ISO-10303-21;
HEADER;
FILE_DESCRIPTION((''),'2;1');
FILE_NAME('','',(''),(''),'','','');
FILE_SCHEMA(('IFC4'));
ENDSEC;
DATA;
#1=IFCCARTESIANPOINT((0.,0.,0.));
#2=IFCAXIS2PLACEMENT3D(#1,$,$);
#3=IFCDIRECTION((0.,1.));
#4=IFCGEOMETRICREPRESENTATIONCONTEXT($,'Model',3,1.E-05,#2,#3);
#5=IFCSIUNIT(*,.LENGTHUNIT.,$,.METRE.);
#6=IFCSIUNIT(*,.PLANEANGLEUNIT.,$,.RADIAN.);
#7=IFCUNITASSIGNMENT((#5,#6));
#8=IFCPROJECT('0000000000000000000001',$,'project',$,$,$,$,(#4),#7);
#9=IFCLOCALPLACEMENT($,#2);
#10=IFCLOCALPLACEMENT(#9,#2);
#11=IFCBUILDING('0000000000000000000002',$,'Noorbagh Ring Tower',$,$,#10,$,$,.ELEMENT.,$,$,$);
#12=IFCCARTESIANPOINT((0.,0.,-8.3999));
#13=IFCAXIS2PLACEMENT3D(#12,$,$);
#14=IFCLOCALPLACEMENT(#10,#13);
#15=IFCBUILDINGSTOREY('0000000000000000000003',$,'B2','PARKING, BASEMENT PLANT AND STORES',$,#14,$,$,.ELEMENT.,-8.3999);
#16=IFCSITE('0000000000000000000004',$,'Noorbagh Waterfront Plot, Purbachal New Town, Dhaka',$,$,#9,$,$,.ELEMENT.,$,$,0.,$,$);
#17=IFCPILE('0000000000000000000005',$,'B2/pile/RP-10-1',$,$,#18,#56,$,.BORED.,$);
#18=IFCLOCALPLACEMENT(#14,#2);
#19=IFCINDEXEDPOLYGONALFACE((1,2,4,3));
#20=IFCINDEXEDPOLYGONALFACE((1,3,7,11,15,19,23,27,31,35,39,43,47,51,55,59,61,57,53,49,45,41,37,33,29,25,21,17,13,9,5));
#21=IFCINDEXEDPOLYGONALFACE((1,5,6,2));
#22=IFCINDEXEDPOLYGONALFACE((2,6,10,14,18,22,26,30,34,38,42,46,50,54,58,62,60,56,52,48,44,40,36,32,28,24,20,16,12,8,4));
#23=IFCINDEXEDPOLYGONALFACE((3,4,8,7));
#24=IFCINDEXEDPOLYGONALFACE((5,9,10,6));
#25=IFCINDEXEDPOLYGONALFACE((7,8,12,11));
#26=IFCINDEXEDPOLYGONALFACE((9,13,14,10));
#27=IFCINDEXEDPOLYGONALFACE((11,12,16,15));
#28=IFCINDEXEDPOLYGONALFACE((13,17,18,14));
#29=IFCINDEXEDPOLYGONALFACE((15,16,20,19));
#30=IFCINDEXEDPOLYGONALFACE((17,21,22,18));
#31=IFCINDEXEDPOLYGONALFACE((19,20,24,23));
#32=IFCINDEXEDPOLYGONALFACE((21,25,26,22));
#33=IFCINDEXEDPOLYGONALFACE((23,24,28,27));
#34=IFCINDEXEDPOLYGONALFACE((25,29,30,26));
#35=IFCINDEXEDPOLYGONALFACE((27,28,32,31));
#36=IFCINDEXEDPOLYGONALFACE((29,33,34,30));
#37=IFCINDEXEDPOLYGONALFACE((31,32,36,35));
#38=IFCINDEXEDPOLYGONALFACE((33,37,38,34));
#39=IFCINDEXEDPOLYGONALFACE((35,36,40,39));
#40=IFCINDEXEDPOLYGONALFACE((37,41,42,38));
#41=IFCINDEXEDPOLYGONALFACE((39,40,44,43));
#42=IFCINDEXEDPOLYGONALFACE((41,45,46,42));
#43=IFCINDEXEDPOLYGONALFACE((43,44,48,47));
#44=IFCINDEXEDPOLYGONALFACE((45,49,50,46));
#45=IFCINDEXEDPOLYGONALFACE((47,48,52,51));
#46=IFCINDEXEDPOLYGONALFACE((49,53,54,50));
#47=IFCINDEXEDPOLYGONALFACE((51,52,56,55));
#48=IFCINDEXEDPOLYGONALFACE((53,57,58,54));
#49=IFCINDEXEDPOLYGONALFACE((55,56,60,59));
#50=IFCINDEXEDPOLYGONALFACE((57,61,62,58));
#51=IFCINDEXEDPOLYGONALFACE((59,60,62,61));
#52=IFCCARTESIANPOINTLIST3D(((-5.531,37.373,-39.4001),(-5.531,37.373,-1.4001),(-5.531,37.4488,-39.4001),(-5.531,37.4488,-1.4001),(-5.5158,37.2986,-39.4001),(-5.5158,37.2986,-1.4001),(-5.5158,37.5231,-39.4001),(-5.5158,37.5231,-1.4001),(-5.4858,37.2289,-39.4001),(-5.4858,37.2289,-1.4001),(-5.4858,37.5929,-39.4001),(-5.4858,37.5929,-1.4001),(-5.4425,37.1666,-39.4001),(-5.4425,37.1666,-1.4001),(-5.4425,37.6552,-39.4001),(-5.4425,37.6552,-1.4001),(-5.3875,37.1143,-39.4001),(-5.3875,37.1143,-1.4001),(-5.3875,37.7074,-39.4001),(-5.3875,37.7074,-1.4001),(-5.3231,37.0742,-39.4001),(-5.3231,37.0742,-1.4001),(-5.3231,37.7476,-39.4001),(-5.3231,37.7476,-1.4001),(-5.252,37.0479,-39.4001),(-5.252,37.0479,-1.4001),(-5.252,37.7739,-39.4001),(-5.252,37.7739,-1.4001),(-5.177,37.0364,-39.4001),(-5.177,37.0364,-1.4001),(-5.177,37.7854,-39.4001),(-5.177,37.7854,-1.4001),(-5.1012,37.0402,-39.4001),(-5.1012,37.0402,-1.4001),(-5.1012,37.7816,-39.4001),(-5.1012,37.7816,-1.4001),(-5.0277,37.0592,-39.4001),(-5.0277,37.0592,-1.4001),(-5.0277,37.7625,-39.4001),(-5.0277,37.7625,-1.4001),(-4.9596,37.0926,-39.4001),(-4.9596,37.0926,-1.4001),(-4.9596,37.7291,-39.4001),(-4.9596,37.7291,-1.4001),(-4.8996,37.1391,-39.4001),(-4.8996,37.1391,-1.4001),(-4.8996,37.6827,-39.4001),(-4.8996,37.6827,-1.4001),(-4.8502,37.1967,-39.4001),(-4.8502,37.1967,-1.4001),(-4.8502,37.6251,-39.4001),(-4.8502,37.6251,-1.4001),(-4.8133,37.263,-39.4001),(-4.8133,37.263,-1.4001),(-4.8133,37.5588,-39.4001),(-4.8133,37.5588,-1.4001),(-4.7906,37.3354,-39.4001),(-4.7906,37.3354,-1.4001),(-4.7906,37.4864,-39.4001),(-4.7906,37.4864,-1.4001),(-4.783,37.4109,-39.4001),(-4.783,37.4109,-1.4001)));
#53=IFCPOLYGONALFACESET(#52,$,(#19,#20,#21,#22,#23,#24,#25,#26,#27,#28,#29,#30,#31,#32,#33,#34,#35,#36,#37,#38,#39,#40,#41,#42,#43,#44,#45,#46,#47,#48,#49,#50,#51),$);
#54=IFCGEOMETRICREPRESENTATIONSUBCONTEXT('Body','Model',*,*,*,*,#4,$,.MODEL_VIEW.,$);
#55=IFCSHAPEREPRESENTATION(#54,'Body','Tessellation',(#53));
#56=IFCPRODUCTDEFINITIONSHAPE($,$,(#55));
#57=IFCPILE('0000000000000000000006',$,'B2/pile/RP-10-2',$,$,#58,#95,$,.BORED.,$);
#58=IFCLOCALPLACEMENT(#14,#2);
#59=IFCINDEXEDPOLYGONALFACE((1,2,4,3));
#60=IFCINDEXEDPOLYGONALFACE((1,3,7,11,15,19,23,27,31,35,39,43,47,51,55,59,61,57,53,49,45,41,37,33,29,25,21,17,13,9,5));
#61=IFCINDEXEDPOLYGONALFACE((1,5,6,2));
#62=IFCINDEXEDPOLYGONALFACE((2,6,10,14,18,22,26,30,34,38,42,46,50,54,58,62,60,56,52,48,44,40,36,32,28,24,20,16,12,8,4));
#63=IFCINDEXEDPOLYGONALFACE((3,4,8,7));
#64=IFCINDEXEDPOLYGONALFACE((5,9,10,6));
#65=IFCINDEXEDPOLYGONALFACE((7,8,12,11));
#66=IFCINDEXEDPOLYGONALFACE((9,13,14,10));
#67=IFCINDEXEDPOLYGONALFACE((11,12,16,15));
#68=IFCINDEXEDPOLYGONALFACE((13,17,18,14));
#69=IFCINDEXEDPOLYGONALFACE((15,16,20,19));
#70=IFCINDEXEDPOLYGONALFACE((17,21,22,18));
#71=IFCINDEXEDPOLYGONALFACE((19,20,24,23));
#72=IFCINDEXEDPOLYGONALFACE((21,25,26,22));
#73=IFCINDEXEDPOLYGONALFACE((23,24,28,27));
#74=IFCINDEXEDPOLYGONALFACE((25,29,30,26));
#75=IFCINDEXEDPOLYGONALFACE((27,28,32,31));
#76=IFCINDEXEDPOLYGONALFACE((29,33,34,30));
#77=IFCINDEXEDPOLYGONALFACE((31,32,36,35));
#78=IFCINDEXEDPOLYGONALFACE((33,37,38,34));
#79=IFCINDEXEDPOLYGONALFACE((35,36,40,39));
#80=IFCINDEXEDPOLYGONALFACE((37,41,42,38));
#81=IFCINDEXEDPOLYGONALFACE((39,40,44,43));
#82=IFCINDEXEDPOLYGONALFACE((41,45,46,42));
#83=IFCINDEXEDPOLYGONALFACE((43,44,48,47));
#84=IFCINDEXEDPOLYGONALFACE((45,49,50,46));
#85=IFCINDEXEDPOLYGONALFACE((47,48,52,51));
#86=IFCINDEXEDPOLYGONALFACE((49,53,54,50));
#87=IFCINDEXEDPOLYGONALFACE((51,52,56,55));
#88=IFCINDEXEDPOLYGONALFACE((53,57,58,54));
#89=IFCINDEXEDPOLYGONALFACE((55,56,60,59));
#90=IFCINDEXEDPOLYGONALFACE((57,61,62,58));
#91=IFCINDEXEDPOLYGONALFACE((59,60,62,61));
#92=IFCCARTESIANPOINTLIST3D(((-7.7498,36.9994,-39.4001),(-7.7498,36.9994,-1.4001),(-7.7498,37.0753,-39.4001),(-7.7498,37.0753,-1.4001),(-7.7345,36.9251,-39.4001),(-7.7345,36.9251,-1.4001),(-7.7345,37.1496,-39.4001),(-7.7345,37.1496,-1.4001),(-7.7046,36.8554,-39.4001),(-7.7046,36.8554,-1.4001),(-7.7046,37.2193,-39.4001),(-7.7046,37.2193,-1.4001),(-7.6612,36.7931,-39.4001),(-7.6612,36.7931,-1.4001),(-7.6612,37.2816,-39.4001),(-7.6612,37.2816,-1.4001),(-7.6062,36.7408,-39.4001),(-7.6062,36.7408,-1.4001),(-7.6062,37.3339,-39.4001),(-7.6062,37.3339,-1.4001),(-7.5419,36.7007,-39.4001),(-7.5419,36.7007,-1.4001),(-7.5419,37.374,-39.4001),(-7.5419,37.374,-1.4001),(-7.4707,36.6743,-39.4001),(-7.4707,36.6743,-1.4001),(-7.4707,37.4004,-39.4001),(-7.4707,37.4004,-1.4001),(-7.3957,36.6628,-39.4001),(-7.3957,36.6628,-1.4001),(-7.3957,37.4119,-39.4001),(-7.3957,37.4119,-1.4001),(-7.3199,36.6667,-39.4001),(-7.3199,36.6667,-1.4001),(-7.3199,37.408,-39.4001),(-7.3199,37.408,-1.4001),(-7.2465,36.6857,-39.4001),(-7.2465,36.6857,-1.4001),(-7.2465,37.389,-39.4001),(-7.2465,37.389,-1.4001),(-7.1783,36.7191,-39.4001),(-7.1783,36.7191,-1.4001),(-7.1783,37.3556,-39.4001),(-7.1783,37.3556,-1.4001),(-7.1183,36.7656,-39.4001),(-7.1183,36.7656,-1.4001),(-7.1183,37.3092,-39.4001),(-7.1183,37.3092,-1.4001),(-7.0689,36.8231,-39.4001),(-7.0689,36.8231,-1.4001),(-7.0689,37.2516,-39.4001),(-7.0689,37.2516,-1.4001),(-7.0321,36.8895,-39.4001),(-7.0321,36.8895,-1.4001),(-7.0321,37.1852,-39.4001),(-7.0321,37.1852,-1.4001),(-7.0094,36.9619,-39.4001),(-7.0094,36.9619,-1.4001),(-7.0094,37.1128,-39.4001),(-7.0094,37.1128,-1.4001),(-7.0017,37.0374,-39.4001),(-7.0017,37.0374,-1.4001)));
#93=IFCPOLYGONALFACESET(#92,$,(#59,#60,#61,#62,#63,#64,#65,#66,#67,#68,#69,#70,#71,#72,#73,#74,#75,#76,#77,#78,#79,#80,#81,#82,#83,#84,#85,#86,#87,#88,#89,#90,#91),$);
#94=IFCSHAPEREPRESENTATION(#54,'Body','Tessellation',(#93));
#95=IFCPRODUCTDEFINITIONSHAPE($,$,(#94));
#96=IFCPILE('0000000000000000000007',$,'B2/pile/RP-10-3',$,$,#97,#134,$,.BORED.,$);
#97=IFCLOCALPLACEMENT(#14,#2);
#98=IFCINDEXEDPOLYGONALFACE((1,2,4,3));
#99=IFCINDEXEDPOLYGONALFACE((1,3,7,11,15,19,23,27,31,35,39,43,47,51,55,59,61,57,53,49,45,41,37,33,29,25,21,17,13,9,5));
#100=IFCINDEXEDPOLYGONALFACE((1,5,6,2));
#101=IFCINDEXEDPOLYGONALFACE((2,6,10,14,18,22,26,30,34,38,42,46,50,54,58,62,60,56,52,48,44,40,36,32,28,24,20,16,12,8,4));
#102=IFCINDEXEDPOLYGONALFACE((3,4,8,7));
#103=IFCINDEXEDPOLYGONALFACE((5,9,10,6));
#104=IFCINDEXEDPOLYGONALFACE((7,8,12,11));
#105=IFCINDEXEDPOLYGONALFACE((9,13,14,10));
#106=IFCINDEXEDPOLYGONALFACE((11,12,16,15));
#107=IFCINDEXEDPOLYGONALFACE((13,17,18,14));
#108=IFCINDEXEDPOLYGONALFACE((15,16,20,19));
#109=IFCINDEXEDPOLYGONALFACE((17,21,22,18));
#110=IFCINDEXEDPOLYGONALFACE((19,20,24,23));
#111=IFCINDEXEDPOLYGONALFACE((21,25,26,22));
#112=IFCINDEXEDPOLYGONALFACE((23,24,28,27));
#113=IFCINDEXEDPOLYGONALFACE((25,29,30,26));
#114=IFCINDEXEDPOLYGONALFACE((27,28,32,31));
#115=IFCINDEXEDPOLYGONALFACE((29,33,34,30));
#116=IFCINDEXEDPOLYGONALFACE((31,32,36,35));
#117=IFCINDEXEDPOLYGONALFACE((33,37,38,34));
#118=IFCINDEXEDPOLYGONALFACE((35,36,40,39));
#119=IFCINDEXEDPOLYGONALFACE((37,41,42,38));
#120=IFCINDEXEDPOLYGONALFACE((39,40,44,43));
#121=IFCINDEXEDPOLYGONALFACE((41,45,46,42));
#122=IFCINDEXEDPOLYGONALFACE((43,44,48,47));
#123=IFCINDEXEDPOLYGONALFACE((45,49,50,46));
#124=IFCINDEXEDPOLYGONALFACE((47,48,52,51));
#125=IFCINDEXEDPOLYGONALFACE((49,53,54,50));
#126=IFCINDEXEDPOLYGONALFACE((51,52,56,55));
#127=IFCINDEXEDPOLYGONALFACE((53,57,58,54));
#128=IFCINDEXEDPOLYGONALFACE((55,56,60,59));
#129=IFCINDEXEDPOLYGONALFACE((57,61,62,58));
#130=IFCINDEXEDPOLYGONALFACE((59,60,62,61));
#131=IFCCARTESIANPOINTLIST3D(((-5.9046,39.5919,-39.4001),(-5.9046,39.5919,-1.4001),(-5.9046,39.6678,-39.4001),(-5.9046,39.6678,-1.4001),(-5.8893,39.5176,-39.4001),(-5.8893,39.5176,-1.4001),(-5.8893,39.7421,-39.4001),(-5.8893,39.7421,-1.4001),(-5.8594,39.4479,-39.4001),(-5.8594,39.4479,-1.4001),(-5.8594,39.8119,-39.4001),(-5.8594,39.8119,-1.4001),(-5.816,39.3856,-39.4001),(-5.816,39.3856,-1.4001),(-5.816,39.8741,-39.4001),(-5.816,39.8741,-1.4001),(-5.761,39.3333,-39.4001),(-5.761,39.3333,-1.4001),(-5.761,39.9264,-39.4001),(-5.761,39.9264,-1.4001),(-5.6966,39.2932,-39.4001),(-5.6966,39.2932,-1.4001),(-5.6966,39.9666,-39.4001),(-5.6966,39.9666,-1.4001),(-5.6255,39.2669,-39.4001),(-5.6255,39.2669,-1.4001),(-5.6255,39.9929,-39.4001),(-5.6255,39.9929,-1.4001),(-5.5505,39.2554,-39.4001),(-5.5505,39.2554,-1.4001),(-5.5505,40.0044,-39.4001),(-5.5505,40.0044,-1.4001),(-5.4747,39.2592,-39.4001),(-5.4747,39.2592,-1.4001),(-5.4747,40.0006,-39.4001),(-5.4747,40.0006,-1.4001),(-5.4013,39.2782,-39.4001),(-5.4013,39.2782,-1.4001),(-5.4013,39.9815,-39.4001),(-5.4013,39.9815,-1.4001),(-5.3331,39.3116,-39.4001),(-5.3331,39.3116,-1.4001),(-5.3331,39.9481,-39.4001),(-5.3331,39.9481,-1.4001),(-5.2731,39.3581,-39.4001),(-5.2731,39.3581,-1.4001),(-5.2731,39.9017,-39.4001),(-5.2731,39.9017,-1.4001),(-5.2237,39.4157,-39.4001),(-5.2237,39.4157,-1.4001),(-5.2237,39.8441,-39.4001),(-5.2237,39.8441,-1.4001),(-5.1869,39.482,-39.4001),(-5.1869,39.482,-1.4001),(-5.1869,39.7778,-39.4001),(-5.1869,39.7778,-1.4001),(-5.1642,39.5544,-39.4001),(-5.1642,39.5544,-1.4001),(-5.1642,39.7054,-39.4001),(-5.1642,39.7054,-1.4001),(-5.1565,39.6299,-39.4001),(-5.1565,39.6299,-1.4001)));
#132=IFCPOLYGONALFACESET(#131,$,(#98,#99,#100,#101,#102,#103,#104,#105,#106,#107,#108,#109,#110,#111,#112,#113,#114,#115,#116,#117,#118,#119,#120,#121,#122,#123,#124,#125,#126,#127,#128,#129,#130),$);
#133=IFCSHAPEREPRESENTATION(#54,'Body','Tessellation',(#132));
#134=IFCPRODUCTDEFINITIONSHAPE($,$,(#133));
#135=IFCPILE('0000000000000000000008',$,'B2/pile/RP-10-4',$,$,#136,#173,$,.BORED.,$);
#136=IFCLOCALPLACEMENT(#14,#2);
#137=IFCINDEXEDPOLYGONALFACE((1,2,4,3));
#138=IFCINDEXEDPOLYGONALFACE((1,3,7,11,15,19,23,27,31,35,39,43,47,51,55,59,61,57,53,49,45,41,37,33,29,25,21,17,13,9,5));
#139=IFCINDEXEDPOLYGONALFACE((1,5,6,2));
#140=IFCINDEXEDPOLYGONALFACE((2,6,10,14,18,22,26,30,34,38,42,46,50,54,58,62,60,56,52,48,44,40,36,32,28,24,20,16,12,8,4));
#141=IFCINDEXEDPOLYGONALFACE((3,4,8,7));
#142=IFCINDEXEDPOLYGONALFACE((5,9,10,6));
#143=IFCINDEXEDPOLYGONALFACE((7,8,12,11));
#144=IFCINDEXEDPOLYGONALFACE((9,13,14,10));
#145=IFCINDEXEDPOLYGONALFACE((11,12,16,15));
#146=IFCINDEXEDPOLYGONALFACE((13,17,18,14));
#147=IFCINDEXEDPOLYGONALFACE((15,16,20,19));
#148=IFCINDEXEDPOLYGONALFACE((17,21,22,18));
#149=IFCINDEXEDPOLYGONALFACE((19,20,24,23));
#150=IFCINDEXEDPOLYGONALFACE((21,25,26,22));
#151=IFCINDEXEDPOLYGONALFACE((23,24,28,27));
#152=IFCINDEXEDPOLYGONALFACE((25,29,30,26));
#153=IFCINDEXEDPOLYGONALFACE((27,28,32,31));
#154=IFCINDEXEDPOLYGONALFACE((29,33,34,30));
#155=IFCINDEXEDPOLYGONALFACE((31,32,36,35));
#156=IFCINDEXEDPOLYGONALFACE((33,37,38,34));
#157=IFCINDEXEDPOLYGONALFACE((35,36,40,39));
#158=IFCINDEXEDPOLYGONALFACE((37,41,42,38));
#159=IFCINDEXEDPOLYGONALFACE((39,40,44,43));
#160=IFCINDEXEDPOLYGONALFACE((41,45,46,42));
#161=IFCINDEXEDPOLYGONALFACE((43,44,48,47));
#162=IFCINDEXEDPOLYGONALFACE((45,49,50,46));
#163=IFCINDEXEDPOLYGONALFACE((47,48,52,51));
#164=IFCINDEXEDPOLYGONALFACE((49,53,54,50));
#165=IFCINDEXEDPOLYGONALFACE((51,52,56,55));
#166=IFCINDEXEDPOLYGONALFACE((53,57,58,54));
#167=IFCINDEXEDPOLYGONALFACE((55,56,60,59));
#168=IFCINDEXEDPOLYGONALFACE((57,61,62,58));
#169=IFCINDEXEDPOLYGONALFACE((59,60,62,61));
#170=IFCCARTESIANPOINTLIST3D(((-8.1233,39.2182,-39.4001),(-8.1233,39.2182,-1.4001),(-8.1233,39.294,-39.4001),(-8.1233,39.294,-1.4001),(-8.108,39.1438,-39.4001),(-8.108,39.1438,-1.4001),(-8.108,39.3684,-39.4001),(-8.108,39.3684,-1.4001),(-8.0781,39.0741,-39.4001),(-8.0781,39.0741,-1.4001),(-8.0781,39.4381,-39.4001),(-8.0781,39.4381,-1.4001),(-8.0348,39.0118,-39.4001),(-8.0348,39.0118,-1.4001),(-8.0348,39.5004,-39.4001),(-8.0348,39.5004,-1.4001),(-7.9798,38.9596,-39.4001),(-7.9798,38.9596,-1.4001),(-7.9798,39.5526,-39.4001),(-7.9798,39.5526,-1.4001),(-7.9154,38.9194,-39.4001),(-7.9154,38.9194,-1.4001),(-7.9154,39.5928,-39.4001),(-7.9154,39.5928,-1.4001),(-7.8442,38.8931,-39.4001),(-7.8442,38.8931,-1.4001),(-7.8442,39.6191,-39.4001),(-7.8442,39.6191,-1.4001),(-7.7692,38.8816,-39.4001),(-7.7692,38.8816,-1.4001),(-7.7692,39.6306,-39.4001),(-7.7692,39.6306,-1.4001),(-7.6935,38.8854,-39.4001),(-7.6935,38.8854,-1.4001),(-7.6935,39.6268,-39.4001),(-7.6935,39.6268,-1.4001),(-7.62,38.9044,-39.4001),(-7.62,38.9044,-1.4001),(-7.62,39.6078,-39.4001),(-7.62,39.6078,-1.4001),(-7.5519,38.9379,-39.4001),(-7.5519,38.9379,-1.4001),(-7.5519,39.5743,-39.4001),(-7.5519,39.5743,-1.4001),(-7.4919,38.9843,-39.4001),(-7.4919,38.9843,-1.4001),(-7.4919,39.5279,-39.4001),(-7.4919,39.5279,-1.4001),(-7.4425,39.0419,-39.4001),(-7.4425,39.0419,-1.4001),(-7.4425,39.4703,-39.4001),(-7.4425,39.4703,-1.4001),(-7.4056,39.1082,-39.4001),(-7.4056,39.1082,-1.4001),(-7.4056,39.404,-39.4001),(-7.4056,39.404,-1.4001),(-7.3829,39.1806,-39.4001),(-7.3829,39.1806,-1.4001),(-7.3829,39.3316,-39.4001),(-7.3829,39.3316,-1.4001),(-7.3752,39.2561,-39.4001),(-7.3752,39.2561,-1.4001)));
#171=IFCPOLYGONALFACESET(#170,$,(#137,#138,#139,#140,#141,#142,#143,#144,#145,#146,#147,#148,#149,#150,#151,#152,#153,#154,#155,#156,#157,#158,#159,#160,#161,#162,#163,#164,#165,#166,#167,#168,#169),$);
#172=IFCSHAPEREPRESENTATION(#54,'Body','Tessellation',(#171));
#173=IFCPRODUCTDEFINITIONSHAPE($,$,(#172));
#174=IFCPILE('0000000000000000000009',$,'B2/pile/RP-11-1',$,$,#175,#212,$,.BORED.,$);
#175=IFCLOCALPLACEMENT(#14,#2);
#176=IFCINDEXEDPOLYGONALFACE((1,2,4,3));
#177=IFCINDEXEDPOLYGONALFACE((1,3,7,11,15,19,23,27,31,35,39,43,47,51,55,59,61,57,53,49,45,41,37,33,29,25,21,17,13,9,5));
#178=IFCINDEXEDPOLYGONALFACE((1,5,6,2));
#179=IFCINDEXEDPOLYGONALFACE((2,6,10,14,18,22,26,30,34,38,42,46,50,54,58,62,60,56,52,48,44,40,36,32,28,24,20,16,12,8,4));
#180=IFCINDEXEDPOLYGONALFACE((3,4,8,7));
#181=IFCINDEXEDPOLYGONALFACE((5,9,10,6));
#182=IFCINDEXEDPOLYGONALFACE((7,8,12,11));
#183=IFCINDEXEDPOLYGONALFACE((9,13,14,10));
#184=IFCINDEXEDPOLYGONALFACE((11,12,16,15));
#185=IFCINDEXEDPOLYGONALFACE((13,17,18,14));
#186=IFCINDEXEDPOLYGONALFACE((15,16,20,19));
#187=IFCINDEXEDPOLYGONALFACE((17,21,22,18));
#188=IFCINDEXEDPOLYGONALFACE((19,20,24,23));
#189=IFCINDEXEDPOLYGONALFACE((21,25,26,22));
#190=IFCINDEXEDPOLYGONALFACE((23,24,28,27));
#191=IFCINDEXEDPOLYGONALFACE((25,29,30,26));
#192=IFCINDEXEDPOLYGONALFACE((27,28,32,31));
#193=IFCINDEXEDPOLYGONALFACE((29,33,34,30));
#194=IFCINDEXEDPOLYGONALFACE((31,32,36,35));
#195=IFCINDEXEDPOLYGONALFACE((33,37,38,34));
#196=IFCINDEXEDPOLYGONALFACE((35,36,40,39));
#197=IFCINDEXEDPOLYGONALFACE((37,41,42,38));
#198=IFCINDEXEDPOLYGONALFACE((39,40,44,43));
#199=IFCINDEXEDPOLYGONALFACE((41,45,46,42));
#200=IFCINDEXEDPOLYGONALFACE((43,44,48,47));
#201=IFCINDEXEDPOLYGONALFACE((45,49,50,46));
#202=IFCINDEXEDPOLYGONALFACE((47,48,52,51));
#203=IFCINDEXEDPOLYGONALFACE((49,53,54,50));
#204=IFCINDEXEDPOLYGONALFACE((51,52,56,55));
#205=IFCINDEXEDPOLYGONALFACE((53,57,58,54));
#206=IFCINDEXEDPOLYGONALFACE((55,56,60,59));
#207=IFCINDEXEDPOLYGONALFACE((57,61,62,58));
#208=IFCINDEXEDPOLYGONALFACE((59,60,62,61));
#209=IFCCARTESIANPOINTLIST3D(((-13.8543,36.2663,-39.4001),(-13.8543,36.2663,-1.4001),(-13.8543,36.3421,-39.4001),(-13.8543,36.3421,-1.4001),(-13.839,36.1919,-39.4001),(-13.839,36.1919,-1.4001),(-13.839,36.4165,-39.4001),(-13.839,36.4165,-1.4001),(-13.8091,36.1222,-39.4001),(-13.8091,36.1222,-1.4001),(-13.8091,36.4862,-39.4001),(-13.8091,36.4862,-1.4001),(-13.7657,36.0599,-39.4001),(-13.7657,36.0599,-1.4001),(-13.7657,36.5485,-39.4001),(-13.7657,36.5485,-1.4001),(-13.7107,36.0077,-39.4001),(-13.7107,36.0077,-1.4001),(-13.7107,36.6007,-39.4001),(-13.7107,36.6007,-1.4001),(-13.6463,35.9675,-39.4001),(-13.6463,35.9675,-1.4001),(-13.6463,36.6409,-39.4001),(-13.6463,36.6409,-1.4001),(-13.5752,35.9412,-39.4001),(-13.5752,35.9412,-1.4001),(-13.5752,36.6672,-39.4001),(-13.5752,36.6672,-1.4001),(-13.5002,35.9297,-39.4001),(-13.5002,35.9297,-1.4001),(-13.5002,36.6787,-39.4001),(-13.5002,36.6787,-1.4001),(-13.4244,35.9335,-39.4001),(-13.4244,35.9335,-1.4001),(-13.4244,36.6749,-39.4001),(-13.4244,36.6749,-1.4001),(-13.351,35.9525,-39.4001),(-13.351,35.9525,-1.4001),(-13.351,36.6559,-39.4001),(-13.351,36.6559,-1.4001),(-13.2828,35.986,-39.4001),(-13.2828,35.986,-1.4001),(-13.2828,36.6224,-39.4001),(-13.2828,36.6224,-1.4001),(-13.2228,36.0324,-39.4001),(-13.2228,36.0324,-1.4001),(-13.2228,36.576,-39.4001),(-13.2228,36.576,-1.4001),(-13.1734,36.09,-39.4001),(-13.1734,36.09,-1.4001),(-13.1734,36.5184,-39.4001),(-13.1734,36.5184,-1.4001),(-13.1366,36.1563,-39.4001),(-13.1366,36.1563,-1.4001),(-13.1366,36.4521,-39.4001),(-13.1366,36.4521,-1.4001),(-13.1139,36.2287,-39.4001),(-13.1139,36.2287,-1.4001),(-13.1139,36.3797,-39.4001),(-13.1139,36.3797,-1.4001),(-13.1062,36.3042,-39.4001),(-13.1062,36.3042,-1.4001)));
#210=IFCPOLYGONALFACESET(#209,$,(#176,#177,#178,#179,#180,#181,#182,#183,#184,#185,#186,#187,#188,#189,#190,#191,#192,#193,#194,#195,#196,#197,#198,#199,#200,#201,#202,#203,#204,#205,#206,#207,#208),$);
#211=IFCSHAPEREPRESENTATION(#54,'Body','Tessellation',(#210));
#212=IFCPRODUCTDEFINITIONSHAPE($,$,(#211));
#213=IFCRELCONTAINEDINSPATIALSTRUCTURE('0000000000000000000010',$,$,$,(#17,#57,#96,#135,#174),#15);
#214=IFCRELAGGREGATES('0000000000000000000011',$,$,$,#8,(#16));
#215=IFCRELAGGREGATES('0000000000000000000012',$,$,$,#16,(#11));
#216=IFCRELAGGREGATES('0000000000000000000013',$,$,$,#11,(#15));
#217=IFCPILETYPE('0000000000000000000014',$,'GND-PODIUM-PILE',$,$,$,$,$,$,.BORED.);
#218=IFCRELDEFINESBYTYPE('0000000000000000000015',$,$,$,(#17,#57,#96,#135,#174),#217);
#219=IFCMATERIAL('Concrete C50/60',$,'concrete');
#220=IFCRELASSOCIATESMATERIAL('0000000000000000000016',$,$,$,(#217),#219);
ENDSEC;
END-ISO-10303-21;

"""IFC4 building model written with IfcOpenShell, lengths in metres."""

from ifc_helpers import new_model, si_unit, direction, frame, origin, origin_2d, place, context, subcontext, project, spatial, circle, extrude, material, material_profile, profile_set, type_object, element, save


model = new_model("IFC4")

# Units and contexts
model_context = context("Model", 3, precision=1e-05, world=origin(), true_north=direction((0.0, 1.0)))
body_context = subcontext(model_context, "Body", "Model", "MODEL_VIEW")
ifc_project = project(units=[si_unit("LENGTHUNIT", "METRE"), si_unit("PLANEANGLEUNIT", "RADIAN")], contexts=[model_context])

# Site, building, storey
site_placement = place(None, origin())
site = spatial("IfcSite", under=ifc_project, at=site_placement, Name="Noorbagh Waterfront Plot, Purbachal New Town, Dhaka", CompositionType="ELEMENT", RefElevation=0.0)
building_placement = place(site_placement, origin())
building = spatial("IfcBuilding", under=site, at=building_placement, Name="Noorbagh Ring Tower", CompositionType="ELEMENT")
storey_placement = place(building_placement, frame((0.0, 0.0, -8.3999)))
storey = spatial("IfcBuildingStorey", under=building, at=storey_placement, Name="B2", Description="PARKING, BASEMENT PLANT AND STORES", CompositionType="ELEMENT", Elevation=-8.3999)

# Piles
ifc_material_1 = material(Name="Concrete C50/60", Category="concrete")
ifc_material_profile_1 = material_profile(ifc_material_1, circle(Radius=0.375, at=origin_2d()), Name="PILE750")
ifc_profile_set_1 = profile_set([ifc_material_profile_1], Name="Concrete C50/60")
pile_type_1 = type_object("IfcPileType", Name="GND-PODIUM-PILE", PredefinedType="BORED", material=ifc_profile_set_1)
for number, where, z_axis, x_axis, name in (
    (1, (-5.158, 37.4109, -1.4001), (0.0, 0.0, -1.0), (1.0, 0.0, 0.0), "B2/pile/RP-10-1"),
    (2, (-7.3767, 37.0374, -1.4001), (0.0, 0.0, -1.0), (1.0, 0.0, 0.0), "B2/pile/RP-10-2"),
    (3, (-5.5315, 39.6299, -1.4001), (0.0, 0.0, -1.0), (1.0, 0.0, 0.0), "B2/pile/RP-10-3"),
    (4, (-7.7502, 39.2561, -1.4001), (0.0, 0.0, -1.0), (1.0, 0.0, 0.0), "B2/pile/RP-10-4"),
    (5, (-13.4812, 36.3042, -1.4001), (0.0, 0.0, -1.0), (1.0, 0.0, 0.0), "B2/pile/RP-11-1"),
):
    element("IfcPile", number, at=place(storey_placement, frame(where, z_axis=z_axis, x_axis=x_axis)), inside=storey, type_object=pile_type_1, Name=name, PredefinedType="BORED", context=body_context, shape_type="SweptSolid", body=[
        extrude(circle(Radius=0.375, at=origin_2d()), origin(), (0.0, 0.0, 1.0), 38.0),
    ])

save(model, "model.ifc")
